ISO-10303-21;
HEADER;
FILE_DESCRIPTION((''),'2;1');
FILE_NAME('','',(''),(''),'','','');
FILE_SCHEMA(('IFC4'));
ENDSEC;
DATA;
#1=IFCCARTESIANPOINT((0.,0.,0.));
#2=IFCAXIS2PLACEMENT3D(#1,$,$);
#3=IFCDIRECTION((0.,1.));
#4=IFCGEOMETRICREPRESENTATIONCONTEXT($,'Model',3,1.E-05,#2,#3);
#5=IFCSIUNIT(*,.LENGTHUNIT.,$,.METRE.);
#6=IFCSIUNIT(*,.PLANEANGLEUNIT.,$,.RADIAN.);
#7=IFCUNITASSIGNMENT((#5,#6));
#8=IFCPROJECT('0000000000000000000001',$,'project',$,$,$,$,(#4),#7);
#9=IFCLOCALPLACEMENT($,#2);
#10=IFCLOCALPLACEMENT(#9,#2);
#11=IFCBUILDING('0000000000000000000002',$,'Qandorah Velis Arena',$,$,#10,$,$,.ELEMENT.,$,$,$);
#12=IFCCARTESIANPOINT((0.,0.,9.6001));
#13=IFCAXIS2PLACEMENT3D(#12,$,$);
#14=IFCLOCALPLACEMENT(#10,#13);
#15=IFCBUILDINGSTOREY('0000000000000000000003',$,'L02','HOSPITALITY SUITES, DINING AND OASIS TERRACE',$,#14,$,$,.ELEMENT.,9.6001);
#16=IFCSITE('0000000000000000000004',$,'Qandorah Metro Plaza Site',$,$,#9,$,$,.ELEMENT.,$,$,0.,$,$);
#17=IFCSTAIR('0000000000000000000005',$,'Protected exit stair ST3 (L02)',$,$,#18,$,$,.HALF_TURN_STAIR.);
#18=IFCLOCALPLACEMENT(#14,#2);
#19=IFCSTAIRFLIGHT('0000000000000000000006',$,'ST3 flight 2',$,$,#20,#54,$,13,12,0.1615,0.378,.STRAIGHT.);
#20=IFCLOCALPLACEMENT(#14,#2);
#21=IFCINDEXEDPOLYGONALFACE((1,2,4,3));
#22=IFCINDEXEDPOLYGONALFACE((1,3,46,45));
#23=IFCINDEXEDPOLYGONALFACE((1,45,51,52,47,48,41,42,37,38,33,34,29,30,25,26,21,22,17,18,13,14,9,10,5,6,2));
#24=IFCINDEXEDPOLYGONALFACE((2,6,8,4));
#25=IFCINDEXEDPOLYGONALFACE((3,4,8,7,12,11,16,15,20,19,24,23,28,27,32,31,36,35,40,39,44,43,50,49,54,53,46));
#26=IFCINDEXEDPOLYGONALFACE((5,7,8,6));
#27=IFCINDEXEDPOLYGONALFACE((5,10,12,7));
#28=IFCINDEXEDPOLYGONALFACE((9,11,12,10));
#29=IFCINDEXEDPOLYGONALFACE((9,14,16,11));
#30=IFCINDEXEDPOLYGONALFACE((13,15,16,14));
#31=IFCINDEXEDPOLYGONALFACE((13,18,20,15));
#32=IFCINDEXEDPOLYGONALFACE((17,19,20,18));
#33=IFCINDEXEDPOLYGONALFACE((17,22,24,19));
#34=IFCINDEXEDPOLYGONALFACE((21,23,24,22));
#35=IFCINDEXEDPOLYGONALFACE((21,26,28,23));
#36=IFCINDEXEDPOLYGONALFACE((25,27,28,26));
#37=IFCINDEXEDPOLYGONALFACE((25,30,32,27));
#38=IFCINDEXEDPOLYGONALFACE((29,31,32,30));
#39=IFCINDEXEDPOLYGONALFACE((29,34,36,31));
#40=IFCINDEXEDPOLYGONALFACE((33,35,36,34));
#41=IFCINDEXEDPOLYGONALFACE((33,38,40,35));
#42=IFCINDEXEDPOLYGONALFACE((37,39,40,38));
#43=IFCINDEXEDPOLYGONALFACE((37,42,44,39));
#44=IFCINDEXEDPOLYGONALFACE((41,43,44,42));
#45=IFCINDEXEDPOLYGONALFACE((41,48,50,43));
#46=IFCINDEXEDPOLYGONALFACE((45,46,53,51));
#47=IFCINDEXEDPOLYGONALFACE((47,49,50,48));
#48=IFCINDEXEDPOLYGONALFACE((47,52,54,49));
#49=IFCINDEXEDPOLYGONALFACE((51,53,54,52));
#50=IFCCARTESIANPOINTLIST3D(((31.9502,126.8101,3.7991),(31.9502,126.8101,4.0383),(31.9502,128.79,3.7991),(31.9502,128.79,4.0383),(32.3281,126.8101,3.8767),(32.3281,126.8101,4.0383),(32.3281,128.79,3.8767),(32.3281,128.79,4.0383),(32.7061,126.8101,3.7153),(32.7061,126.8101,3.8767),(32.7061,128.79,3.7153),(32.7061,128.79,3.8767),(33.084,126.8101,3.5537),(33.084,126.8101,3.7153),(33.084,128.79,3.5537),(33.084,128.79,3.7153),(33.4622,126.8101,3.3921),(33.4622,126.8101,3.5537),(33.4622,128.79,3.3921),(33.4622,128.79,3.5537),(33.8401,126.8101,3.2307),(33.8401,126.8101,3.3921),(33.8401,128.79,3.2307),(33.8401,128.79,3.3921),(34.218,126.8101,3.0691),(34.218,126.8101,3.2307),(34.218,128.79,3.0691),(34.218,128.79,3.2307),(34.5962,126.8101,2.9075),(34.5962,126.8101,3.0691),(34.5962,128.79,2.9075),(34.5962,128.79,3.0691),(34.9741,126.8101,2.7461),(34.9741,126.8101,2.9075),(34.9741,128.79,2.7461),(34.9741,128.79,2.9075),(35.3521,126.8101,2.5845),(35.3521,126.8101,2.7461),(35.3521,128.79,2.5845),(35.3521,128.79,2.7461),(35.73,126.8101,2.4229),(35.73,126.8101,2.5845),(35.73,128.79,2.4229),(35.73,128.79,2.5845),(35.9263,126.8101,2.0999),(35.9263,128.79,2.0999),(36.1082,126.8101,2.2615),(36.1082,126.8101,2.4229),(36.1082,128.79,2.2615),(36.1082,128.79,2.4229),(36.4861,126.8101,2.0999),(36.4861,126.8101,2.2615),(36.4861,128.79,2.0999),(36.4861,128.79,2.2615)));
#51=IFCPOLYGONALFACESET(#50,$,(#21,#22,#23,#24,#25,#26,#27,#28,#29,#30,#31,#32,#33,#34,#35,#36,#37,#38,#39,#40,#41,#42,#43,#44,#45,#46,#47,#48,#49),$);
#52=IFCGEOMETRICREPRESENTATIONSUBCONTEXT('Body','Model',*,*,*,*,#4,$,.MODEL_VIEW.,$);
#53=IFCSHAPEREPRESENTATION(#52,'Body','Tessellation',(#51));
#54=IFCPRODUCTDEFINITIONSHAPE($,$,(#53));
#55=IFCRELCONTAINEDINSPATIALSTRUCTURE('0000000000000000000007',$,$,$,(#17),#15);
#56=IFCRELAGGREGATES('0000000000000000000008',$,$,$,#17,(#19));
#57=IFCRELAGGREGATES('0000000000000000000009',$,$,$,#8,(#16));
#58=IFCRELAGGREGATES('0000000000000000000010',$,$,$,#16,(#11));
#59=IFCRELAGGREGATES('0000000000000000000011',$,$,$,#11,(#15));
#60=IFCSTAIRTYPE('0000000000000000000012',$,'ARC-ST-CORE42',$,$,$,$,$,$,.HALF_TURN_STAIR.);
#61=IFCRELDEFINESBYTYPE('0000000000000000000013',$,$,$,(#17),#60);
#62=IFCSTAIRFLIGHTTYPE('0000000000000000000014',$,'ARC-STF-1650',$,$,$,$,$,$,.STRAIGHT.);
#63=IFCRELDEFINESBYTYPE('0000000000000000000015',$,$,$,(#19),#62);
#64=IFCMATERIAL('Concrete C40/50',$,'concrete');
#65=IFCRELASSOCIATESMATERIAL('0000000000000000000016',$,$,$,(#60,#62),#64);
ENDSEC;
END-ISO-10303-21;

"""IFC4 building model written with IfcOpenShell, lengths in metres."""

from ifc_helpers import new_model, si_unit, direction, frame, origin, place, context, subcontext, project, spatial, polyline, outline, extrude, material, type_object, element, aggregate, save


model = new_model("IFC4")

# Units and contexts
model_context = context("Model", 3, precision=1e-05, world=origin(), true_north=direction((0.0, 1.0)))
body_context = subcontext(model_context, "Body", "Model", "MODEL_VIEW")
ifc_project = project(units=[si_unit("LENGTHUNIT", "METRE"), si_unit("PLANEANGLEUNIT", "RADIAN")], contexts=[model_context])

# Site, building, storey
site_placement = place(None, origin())
site = spatial("IfcSite", under=ifc_project, at=site_placement, Name="Qandorah Metro Plaza Site", CompositionType="ELEMENT", RefElevation=0.0)
building_placement = place(site_placement, origin())
building = spatial("IfcBuilding", under=site, at=building_placement, Name="Qandorah Velis Arena", CompositionType="ELEMENT")
storey_placement = place(building_placement, frame((0.0, 0.0, 9.6001)))
storey = spatial("IfcBuildingStorey", under=building, at=storey_placement, Name="L02", Description="HOSPITALITY SUITES, DINING AND OASIS TERRACE", CompositionType="ELEMENT", Elevation=9.6001)

# Shared definitions
ifc_material_1 = material(Name="Concrete C40/50", Category="concrete")

# Stair, stair flight
stair_type = type_object("IfcStairType", Name="ARC-ST-CORE42", PredefinedType="HALF_TURN_STAIR", material=ifc_material_1)
stair_placement = place(storey_placement, origin())
stair = element("IfcStair", 1, at=stair_placement, inside=storey, type_object=stair_type, Name="Protected exit stair ST3 (L02)", PredefinedType="HALF_TURN_STAIR")
stair_flight_type = type_object("IfcStairFlightType", Name="ARC-STF-1650", PredefinedType="STRAIGHT", material=ifc_material_1)
stair_flight_placement = place(storey_placement, frame((36.4861, 127.8, 2.0999), z_axis=(0.0, 0.0, 1.0), x_axis=(-1.0, 0.0, 0.0)))
stair_flight = element("IfcStairFlight", 2, at=stair_flight_placement, type_object=stair_flight_type, Name="ST3 flight 2", NumberOfRisers=13, NumberOfTreads=12, PredefinedType="STRAIGHT", RiserHeight=0.1615, TreadLength=0.378, context=body_context, shape_type="SweptSolid", body=[
    extrude(outline(polyline([(0.0, 0.0), (0.0, 0.1616), (0.3779, 0.1616), (0.3779, 0.323), (0.7561, 0.323), (0.7561, 0.4846), (1.134, 0.4846), (1.134, 0.6462), (1.512, 0.6462), (1.512, 0.8076), (1.8899, 0.8076), (1.8899, 0.9692), (2.2681, 0.9692), (2.2681, 1.1309), (2.646, 1.1309), (2.646, 1.2922), (3.0239, 1.2922), (3.0239, 1.4539), (3.4021, 1.4539), (3.4021, 1.6155), (3.78, 1.6155), (3.78, 1.7769), (4.158, 1.7769), (4.158, 1.9385), (4.5359, 1.9385), (4.5359, 2.1001), (4.5359, 1.6992), (0.5598, 0.0), (0.0, 0.0)])), frame((0.0, 0.99, 0.0), z_axis=(0.0, -1.0, 0.0), x_axis=(1.0, 0.0, 0.0)), (0.0, 0.0, 1.0), 1.98),
])
aggregate(stair, [stair_flight])

save(model, "model.ifc")
